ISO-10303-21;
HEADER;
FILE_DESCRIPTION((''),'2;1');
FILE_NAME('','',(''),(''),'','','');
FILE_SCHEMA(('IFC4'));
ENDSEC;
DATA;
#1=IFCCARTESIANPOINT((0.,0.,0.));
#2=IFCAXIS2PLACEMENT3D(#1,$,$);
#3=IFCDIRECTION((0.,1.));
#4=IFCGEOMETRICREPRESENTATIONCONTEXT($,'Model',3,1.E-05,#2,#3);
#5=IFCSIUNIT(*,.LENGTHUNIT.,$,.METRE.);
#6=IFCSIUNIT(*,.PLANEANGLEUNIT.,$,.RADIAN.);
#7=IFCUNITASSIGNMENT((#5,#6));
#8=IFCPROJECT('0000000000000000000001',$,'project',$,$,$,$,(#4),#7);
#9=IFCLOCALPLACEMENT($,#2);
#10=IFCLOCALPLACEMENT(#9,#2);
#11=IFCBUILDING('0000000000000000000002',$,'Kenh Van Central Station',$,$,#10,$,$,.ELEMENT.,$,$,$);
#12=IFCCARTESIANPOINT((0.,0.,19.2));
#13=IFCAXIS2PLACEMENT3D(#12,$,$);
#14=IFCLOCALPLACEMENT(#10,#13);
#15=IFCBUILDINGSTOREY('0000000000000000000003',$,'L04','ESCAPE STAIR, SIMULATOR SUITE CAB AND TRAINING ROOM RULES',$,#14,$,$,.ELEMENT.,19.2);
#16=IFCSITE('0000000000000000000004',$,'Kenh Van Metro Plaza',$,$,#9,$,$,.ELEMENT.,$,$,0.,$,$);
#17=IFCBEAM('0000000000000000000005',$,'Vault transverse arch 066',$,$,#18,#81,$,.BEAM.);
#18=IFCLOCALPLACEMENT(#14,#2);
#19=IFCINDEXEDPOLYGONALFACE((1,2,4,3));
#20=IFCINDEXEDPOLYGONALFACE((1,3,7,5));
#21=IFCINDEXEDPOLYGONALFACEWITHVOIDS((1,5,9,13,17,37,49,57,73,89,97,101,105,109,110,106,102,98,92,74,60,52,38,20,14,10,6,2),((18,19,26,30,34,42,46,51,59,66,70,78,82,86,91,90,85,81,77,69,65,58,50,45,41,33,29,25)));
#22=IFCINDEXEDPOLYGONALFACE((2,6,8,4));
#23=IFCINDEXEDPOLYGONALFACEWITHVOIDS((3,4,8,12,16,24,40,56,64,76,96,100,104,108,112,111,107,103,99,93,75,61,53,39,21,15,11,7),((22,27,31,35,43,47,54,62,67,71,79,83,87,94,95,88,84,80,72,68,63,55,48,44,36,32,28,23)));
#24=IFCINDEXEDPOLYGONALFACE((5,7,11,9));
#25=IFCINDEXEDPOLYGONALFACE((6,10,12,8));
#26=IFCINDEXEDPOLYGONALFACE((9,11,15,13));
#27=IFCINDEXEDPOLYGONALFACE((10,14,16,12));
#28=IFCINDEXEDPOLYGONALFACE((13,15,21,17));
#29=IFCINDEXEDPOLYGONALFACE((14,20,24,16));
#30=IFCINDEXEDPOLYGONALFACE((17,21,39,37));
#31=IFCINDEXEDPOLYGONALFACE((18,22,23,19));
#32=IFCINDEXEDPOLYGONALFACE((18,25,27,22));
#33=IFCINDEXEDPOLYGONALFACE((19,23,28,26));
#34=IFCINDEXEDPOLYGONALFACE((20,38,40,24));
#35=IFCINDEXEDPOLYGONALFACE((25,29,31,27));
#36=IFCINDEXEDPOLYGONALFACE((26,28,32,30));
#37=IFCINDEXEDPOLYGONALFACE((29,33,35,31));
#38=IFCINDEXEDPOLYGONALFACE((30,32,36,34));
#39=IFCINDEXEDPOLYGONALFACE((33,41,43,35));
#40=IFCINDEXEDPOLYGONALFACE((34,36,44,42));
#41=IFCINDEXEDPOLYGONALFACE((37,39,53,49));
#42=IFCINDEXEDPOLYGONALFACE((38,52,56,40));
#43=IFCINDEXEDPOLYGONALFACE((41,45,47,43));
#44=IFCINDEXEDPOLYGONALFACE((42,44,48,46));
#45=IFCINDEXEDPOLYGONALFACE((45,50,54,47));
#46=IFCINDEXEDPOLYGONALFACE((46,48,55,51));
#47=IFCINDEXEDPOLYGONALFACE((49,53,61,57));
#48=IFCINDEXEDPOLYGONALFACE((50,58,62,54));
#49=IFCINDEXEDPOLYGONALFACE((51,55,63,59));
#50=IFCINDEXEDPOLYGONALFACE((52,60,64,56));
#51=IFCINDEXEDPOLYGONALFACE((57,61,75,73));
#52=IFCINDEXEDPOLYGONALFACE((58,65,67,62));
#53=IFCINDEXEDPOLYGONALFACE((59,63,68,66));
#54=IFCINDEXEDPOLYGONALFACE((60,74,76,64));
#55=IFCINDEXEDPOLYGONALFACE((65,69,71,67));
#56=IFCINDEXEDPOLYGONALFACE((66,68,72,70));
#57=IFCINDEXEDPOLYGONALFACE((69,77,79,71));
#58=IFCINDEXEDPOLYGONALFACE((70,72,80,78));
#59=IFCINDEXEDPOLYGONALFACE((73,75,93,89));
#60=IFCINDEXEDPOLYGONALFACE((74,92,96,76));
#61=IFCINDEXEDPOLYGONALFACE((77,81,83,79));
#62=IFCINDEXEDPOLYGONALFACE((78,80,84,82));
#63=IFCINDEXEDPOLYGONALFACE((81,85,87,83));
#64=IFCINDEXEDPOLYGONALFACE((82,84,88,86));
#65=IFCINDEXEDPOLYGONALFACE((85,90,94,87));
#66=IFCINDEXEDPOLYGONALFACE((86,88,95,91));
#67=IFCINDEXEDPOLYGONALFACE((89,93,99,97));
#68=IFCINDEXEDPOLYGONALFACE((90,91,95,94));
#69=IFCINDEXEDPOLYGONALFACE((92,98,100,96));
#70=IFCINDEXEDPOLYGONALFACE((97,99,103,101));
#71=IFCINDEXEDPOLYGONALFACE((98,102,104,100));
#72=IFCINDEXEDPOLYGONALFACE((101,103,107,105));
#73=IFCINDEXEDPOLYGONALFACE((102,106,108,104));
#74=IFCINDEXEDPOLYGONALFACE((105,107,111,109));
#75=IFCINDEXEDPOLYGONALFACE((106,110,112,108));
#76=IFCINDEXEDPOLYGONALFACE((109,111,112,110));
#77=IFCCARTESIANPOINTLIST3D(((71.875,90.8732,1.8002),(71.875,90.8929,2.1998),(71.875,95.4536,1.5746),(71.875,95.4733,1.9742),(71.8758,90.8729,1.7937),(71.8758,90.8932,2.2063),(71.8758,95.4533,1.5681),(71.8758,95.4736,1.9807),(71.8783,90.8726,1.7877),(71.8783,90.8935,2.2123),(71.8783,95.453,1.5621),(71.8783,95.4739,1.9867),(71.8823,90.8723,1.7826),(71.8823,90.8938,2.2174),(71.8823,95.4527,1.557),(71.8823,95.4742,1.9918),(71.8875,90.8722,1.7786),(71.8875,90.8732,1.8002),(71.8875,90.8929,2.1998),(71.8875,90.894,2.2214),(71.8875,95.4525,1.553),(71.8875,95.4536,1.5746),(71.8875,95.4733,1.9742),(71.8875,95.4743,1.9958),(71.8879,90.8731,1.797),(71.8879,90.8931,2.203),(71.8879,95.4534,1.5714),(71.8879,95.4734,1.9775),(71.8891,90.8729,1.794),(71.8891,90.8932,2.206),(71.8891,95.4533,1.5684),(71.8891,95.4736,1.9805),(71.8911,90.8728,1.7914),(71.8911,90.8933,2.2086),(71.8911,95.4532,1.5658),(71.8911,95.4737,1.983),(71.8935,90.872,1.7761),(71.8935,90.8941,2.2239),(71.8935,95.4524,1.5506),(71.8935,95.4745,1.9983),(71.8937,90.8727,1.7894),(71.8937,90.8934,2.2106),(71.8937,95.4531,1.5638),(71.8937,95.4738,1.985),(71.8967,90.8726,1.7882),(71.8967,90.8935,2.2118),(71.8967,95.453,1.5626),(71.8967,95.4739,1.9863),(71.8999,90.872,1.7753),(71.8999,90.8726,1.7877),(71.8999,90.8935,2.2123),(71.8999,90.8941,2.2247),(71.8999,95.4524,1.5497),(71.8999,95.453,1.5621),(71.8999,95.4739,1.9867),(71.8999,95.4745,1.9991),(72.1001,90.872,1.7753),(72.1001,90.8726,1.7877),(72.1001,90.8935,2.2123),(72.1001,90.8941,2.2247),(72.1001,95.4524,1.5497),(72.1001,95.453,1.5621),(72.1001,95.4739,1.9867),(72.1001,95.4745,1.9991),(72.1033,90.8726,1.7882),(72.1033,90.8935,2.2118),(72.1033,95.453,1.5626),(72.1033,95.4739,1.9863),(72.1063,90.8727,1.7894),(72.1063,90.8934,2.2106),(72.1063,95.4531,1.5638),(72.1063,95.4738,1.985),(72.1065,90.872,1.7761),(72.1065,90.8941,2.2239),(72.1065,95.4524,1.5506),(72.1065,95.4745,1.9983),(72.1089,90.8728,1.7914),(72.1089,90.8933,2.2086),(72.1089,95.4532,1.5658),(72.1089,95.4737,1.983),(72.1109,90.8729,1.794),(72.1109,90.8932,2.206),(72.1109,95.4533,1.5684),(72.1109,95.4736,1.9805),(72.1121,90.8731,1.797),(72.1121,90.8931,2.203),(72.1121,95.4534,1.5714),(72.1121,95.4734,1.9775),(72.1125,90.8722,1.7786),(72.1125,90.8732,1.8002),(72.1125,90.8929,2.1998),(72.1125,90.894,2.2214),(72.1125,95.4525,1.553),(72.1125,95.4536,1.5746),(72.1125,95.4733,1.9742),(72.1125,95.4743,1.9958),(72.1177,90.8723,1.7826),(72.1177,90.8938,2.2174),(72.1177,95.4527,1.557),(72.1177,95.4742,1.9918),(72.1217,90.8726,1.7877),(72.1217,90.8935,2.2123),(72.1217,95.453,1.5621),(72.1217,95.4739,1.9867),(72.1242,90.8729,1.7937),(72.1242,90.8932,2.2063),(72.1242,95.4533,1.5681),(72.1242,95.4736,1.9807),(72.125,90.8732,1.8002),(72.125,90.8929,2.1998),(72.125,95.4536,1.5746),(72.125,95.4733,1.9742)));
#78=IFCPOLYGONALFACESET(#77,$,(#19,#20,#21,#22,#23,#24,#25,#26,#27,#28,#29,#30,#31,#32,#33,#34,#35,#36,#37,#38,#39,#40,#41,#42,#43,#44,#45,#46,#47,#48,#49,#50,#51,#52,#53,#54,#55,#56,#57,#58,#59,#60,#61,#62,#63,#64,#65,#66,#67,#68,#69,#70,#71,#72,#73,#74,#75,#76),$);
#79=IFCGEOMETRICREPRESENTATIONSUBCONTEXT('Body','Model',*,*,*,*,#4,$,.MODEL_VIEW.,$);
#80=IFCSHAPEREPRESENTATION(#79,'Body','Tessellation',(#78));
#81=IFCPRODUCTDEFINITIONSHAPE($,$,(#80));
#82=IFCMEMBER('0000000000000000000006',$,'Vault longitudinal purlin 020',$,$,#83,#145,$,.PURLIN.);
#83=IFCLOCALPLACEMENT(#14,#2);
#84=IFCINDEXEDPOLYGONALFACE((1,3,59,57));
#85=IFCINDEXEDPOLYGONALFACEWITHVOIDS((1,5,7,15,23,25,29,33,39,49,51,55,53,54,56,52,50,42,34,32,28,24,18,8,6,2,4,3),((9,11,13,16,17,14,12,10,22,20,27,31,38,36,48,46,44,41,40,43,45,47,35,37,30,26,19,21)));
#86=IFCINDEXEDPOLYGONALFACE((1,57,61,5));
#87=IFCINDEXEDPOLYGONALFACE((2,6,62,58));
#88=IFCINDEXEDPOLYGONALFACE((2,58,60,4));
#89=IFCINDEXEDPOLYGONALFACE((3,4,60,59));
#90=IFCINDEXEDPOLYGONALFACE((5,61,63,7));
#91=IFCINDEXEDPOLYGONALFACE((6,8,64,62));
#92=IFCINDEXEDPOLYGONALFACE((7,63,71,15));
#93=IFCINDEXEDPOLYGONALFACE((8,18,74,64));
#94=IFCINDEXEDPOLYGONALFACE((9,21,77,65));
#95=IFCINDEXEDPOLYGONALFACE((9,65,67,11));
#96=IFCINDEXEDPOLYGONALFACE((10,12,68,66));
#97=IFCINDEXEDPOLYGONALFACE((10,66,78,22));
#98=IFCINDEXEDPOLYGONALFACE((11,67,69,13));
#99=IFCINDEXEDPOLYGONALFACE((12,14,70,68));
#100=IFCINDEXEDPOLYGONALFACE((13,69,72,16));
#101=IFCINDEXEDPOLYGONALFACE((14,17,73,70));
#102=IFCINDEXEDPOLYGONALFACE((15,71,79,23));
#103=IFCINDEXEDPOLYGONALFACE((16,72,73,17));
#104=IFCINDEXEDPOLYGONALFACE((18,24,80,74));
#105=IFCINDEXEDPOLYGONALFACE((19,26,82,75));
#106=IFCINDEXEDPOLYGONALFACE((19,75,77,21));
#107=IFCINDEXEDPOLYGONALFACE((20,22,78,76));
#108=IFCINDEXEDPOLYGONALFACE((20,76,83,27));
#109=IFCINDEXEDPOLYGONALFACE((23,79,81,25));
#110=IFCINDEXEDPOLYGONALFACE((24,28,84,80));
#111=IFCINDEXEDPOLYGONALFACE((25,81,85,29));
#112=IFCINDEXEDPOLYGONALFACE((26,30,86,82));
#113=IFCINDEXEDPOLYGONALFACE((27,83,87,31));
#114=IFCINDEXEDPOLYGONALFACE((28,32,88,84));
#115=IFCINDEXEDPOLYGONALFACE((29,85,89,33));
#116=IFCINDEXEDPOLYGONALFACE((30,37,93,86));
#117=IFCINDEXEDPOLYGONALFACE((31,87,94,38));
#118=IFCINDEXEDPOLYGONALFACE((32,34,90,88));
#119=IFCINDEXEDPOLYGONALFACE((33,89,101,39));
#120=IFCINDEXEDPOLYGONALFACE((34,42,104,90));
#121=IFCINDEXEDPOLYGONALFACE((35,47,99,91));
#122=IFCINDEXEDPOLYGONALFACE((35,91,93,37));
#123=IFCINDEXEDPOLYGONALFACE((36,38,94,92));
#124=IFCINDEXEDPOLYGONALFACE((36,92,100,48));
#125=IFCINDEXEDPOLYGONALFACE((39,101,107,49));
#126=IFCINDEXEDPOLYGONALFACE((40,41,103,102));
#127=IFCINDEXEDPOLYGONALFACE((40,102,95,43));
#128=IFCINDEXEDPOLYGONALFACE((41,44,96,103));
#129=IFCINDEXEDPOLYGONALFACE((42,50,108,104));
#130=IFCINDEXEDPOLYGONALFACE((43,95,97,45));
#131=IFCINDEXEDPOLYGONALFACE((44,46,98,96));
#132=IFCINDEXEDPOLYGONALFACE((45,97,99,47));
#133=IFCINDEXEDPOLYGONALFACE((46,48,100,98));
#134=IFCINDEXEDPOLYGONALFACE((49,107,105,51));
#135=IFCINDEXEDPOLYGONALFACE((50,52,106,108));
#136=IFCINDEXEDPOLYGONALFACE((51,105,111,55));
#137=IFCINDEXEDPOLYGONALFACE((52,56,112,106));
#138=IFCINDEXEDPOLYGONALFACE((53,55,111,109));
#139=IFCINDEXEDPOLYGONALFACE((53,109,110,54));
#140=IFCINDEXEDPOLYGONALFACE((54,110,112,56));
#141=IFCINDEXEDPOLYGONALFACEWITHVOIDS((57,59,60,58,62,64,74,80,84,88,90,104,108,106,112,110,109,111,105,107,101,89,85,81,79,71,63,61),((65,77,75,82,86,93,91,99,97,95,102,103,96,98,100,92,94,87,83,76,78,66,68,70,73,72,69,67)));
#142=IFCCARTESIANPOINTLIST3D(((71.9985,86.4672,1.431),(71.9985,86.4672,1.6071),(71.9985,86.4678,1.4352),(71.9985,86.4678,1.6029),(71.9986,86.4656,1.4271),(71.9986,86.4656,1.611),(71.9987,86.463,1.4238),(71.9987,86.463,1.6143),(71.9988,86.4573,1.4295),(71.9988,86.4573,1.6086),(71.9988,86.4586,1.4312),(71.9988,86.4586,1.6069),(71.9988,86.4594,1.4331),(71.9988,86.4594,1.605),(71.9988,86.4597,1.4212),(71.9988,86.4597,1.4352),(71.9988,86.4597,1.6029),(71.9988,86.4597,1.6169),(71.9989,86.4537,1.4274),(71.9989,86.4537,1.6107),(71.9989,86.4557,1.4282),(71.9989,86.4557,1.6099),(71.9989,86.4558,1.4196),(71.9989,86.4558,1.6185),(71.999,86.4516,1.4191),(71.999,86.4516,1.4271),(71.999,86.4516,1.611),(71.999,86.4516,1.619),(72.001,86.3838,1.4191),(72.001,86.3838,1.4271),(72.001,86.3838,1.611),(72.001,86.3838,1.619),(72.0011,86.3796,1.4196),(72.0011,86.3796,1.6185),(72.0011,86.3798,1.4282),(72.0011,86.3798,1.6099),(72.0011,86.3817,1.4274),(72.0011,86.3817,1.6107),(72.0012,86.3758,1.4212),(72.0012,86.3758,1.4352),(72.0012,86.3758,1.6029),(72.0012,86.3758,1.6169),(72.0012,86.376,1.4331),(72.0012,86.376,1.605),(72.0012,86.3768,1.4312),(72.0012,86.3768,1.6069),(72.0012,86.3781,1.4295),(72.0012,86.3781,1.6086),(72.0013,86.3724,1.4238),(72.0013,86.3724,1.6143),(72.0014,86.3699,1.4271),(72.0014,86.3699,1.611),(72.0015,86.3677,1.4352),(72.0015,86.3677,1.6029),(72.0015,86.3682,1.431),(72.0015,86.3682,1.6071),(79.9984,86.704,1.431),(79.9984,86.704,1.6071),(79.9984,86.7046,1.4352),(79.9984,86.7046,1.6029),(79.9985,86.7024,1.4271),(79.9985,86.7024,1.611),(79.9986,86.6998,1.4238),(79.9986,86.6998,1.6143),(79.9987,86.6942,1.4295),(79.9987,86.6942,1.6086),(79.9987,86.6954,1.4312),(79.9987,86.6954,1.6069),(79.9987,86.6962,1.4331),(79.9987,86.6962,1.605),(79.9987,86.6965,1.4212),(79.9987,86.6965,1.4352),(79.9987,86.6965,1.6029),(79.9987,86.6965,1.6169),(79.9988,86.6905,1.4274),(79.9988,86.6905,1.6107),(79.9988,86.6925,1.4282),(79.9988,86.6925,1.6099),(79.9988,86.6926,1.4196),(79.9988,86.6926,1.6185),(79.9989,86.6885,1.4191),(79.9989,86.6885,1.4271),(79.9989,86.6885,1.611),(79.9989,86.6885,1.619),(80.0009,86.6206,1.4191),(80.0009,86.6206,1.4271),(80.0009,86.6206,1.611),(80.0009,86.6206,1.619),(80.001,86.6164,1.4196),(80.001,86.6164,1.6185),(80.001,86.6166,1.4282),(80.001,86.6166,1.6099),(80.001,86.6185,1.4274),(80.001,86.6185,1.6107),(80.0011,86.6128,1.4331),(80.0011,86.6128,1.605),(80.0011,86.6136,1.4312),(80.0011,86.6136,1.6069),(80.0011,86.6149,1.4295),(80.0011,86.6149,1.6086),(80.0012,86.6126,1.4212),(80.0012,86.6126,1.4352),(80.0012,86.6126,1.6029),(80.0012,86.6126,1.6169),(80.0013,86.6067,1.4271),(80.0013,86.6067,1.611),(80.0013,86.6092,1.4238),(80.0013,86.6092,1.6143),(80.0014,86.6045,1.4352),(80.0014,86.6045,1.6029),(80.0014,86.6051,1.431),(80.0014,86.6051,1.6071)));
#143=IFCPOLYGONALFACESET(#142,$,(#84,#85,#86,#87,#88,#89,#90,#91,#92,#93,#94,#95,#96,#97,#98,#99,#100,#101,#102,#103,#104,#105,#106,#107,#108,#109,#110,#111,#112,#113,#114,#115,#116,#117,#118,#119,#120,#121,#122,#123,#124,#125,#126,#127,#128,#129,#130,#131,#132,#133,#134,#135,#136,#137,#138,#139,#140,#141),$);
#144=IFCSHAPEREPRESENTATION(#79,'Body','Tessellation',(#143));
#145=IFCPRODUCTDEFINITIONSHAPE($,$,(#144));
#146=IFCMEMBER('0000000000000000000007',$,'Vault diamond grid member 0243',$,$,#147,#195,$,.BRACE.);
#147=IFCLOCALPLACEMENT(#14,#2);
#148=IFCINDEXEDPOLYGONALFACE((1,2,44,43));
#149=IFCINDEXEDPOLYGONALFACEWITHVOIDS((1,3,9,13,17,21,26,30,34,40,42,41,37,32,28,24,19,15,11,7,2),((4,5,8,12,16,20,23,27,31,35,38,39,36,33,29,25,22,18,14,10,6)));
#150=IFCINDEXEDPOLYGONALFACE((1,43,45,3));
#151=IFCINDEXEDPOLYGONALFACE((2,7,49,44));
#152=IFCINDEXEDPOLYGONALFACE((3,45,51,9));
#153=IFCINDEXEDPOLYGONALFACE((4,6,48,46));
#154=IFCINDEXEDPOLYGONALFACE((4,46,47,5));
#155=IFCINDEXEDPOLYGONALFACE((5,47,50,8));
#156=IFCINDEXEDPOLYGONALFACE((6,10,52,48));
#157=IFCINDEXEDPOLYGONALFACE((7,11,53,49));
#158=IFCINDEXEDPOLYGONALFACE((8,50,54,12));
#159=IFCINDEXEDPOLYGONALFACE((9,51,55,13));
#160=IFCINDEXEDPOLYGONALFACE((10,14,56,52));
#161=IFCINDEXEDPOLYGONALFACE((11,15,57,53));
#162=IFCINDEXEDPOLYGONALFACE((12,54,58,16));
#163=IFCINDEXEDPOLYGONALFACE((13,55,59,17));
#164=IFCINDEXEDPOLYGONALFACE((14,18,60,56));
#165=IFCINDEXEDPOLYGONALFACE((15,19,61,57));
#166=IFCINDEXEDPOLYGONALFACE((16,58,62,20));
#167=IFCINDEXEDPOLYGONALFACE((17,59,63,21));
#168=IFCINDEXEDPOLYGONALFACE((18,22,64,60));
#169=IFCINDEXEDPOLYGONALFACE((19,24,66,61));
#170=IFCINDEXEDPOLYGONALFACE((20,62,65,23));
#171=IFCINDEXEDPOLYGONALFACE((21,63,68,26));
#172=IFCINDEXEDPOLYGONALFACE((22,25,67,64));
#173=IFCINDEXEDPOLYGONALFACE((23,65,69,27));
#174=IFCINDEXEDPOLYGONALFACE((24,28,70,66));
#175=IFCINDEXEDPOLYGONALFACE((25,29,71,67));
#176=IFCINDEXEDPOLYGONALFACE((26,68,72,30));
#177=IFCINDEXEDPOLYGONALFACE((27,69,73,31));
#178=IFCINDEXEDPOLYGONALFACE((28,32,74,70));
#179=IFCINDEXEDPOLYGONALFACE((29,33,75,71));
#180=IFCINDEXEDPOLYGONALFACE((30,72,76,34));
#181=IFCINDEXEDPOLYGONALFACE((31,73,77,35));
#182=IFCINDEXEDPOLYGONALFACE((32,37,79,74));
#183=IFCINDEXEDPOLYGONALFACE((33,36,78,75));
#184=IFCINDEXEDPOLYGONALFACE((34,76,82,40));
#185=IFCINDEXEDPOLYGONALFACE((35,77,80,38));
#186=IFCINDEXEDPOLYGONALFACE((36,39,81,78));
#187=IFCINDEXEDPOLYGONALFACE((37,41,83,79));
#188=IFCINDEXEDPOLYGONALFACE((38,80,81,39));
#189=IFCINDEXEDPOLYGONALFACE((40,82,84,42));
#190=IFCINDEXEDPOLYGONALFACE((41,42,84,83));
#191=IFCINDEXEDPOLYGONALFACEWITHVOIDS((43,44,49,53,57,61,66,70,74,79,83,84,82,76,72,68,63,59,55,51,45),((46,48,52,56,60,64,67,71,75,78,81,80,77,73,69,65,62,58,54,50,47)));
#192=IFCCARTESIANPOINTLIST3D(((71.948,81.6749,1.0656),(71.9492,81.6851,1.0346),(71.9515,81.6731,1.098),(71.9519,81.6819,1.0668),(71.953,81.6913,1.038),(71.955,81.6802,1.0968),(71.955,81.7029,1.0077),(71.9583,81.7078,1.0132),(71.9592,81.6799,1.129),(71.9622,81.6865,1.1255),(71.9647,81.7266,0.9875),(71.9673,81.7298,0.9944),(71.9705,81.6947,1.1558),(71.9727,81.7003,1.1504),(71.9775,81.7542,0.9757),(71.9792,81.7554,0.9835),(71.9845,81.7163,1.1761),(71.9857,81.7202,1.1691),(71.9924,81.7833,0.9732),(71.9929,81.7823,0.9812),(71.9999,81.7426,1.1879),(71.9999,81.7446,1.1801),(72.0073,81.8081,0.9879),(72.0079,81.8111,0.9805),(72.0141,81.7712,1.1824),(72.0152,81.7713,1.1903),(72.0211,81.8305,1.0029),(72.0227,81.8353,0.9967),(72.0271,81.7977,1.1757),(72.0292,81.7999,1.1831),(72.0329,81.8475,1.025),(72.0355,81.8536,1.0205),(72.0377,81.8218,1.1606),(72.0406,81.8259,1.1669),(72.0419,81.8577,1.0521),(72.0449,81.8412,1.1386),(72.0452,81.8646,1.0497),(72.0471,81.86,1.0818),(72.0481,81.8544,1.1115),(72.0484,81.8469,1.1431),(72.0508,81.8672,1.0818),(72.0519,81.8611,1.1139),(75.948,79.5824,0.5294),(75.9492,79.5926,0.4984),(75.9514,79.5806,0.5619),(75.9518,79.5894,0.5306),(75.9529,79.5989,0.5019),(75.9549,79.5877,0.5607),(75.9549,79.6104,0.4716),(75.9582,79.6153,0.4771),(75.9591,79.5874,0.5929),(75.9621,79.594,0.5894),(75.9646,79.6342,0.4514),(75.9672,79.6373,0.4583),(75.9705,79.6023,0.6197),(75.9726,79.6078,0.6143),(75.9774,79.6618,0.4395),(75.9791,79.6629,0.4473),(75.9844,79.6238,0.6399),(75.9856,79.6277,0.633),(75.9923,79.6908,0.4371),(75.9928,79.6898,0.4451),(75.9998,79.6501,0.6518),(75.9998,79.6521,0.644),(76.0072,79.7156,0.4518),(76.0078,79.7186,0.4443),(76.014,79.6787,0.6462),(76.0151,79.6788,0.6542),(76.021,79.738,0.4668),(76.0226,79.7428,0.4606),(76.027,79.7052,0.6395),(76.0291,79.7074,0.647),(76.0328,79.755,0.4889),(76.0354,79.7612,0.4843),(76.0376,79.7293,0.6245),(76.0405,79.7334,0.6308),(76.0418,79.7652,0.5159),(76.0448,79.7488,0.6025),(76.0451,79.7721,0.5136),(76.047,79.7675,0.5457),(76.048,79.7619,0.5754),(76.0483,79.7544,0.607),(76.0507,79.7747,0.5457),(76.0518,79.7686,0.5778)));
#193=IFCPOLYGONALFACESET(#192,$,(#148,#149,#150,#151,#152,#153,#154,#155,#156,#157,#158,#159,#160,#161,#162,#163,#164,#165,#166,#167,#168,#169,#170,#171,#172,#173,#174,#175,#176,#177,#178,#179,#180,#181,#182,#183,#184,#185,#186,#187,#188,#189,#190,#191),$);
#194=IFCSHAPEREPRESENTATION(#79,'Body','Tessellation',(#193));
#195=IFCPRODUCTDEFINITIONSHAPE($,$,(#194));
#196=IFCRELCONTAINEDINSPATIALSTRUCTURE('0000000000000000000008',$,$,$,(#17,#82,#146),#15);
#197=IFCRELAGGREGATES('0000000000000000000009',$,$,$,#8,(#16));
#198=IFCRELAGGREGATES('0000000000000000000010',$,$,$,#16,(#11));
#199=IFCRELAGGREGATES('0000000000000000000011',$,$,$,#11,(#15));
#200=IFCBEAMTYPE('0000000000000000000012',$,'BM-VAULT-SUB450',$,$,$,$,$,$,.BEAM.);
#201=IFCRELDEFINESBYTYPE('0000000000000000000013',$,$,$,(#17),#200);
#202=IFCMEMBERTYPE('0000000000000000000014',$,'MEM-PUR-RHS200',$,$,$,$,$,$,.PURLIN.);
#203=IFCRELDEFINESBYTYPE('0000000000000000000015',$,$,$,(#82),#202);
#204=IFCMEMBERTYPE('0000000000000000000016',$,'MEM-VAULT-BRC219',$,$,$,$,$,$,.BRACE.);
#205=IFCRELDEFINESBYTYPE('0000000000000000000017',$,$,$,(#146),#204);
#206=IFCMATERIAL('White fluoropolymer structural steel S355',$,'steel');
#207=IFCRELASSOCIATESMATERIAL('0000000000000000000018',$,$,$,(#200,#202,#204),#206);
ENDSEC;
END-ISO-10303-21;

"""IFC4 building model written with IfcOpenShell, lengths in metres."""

from ifc_helpers import new_model, si_unit, direction, frame, origin, origin_2d, place, context, subcontext, project, spatial, hollow_rectangle, hollow_circle, extrude, material, material_profile, profile_set, type_object, element, save


model = new_model("IFC4")

# Units and contexts
model_context = context("Model", 3, precision=1e-05, world=origin(), true_north=direction((0.0, 1.0)))
body_context = subcontext(model_context, "Body", "Model", "MODEL_VIEW")
ifc_project = project(units=[si_unit("LENGTHUNIT", "METRE"), si_unit("PLANEANGLEUNIT", "RADIAN")], contexts=[model_context])

# Site, building, storey
site_placement = place(None, origin())
site = spatial("IfcSite", under=ifc_project, at=site_placement, Name="Kenh Van Metro Plaza", CompositionType="ELEMENT", RefElevation=0.0)
building_placement = place(site_placement, origin())
building = spatial("IfcBuilding", under=site, at=building_placement, Name="Kenh Van Central Station", CompositionType="ELEMENT")
storey_placement = place(building_placement, frame((0.0, 0.0, 19.2)))
storey = spatial("IfcBuildingStorey", under=building, at=storey_placement, Name="L04", Description="ESCAPE STAIR, SIMULATOR SUITE CAB AND TRAINING ROOM RULES", CompositionType="ELEMENT", Elevation=19.2)

# Beam
ifc_material_1 = material(Name="White fluoropolymer structural steel S355", Category="steel")
ifc_material_profile_1 = material_profile(ifc_material_1, hollow_rectangle(XDim=0.25, YDim=0.45, WallThickness=0.0125, InnerFilletRadius=0.0125, OuterFilletRadius=0.0249, at=origin_2d()), Name="RHS 450x250x12.5")
ifc_profile_set_1 = profile_set([ifc_material_profile_1], Name="White fluoropolymer structural steel S355")
beam_type = type_object("IfcBeamType", Name="BM-VAULT-SUB450", PredefinedType="BEAM", material=ifc_profile_set_1)
beam_1_placement = place(storey_placement, frame((72.0, 90.8831, 2.0), z_axis=(0.0, 0.998789, -0.049191), x_axis=(-1.0, 0.0, 0.0)))
element("IfcBeam", 1, at=beam_1_placement, inside=storey, type_object=beam_type, Name="Vault transverse arch 066", PredefinedType="BEAM", context=body_context, shape_type="SweptSolid", body=[
    extrude(hollow_rectangle(XDim=0.25, YDim=0.45, WallThickness=0.0125, InnerFilletRadius=0.0125, OuterFilletRadius=0.0249, at=origin_2d()), origin(), (0.0, 0.0, 1.0), 4.5859),
])

# Members
ifc_material_profile_2 = material_profile(ifc_material_1, hollow_rectangle(XDim=0.1001, YDim=0.2, WallThickness=0.0081, InnerFilletRadius=0.0081, OuterFilletRadius=0.0161, at=origin_2d()), Name="RHS 200x100x8")
ifc_profile_set_2 = profile_set([ifc_material_profile_2], Name="White fluoropolymer structural steel S355")
member_type_1 = type_object("IfcMemberType", Name="MEM-PUR-RHS200", PredefinedType="PURLIN", material=ifc_profile_set_2)
member_1_placement = place(storey_placement, frame((72.0, 86.4177, 1.519), z_axis=(0.999562, 0.029589, 0.0), x_axis=(-0.029589, 0.999562, 0.0)))
element("IfcMember", 2, at=member_1_placement, inside=storey, type_object=member_type_1, Name="Vault longitudinal purlin 020", PredefinedType="PURLIN", context=body_context, shape_type="SweptSolid", body=[
    extrude(hollow_rectangle(XDim=0.1001, YDim=0.2, WallThickness=0.0081, InnerFilletRadius=0.0081, OuterFilletRadius=0.0161, at=origin_2d()), origin(), (0.0, 0.0, 1.0), 8.0034),
])
ifc_material_profile_3 = material_profile(ifc_material_1, hollow_circle(Radius=0.1096, WallThickness=0.0081, at=origin_2d()), Name="CHS 219.1x8")
ifc_profile_set_3 = profile_set([ifc_material_profile_3], Name="White fluoropolymer structural steel S355")
member_type_2 = type_object("IfcMemberType", Name="MEM-VAULT-BRC219", PredefinedType="BRACE", material=ifc_profile_set_3)
member_2_placement = place(storey_placement, frame((72.0, 81.77, 1.0818), z_axis=(0.879894, -0.460301, -0.117935), x_axis=(0.463536, 0.886078, 0.0)))
element("IfcMember", 3, at=member_2_placement, inside=storey, type_object=member_type_2, Name="Vault diamond grid member 0243", PredefinedType="BRACE", context=body_context, shape_type="SweptSolid", body=[
    extrude(hollow_circle(Radius=0.1096, WallThickness=0.0081, at=origin_2d()), origin(), (0.0, 0.0, 1.0), 4.5459),
])

save(model, "model.ifc")
